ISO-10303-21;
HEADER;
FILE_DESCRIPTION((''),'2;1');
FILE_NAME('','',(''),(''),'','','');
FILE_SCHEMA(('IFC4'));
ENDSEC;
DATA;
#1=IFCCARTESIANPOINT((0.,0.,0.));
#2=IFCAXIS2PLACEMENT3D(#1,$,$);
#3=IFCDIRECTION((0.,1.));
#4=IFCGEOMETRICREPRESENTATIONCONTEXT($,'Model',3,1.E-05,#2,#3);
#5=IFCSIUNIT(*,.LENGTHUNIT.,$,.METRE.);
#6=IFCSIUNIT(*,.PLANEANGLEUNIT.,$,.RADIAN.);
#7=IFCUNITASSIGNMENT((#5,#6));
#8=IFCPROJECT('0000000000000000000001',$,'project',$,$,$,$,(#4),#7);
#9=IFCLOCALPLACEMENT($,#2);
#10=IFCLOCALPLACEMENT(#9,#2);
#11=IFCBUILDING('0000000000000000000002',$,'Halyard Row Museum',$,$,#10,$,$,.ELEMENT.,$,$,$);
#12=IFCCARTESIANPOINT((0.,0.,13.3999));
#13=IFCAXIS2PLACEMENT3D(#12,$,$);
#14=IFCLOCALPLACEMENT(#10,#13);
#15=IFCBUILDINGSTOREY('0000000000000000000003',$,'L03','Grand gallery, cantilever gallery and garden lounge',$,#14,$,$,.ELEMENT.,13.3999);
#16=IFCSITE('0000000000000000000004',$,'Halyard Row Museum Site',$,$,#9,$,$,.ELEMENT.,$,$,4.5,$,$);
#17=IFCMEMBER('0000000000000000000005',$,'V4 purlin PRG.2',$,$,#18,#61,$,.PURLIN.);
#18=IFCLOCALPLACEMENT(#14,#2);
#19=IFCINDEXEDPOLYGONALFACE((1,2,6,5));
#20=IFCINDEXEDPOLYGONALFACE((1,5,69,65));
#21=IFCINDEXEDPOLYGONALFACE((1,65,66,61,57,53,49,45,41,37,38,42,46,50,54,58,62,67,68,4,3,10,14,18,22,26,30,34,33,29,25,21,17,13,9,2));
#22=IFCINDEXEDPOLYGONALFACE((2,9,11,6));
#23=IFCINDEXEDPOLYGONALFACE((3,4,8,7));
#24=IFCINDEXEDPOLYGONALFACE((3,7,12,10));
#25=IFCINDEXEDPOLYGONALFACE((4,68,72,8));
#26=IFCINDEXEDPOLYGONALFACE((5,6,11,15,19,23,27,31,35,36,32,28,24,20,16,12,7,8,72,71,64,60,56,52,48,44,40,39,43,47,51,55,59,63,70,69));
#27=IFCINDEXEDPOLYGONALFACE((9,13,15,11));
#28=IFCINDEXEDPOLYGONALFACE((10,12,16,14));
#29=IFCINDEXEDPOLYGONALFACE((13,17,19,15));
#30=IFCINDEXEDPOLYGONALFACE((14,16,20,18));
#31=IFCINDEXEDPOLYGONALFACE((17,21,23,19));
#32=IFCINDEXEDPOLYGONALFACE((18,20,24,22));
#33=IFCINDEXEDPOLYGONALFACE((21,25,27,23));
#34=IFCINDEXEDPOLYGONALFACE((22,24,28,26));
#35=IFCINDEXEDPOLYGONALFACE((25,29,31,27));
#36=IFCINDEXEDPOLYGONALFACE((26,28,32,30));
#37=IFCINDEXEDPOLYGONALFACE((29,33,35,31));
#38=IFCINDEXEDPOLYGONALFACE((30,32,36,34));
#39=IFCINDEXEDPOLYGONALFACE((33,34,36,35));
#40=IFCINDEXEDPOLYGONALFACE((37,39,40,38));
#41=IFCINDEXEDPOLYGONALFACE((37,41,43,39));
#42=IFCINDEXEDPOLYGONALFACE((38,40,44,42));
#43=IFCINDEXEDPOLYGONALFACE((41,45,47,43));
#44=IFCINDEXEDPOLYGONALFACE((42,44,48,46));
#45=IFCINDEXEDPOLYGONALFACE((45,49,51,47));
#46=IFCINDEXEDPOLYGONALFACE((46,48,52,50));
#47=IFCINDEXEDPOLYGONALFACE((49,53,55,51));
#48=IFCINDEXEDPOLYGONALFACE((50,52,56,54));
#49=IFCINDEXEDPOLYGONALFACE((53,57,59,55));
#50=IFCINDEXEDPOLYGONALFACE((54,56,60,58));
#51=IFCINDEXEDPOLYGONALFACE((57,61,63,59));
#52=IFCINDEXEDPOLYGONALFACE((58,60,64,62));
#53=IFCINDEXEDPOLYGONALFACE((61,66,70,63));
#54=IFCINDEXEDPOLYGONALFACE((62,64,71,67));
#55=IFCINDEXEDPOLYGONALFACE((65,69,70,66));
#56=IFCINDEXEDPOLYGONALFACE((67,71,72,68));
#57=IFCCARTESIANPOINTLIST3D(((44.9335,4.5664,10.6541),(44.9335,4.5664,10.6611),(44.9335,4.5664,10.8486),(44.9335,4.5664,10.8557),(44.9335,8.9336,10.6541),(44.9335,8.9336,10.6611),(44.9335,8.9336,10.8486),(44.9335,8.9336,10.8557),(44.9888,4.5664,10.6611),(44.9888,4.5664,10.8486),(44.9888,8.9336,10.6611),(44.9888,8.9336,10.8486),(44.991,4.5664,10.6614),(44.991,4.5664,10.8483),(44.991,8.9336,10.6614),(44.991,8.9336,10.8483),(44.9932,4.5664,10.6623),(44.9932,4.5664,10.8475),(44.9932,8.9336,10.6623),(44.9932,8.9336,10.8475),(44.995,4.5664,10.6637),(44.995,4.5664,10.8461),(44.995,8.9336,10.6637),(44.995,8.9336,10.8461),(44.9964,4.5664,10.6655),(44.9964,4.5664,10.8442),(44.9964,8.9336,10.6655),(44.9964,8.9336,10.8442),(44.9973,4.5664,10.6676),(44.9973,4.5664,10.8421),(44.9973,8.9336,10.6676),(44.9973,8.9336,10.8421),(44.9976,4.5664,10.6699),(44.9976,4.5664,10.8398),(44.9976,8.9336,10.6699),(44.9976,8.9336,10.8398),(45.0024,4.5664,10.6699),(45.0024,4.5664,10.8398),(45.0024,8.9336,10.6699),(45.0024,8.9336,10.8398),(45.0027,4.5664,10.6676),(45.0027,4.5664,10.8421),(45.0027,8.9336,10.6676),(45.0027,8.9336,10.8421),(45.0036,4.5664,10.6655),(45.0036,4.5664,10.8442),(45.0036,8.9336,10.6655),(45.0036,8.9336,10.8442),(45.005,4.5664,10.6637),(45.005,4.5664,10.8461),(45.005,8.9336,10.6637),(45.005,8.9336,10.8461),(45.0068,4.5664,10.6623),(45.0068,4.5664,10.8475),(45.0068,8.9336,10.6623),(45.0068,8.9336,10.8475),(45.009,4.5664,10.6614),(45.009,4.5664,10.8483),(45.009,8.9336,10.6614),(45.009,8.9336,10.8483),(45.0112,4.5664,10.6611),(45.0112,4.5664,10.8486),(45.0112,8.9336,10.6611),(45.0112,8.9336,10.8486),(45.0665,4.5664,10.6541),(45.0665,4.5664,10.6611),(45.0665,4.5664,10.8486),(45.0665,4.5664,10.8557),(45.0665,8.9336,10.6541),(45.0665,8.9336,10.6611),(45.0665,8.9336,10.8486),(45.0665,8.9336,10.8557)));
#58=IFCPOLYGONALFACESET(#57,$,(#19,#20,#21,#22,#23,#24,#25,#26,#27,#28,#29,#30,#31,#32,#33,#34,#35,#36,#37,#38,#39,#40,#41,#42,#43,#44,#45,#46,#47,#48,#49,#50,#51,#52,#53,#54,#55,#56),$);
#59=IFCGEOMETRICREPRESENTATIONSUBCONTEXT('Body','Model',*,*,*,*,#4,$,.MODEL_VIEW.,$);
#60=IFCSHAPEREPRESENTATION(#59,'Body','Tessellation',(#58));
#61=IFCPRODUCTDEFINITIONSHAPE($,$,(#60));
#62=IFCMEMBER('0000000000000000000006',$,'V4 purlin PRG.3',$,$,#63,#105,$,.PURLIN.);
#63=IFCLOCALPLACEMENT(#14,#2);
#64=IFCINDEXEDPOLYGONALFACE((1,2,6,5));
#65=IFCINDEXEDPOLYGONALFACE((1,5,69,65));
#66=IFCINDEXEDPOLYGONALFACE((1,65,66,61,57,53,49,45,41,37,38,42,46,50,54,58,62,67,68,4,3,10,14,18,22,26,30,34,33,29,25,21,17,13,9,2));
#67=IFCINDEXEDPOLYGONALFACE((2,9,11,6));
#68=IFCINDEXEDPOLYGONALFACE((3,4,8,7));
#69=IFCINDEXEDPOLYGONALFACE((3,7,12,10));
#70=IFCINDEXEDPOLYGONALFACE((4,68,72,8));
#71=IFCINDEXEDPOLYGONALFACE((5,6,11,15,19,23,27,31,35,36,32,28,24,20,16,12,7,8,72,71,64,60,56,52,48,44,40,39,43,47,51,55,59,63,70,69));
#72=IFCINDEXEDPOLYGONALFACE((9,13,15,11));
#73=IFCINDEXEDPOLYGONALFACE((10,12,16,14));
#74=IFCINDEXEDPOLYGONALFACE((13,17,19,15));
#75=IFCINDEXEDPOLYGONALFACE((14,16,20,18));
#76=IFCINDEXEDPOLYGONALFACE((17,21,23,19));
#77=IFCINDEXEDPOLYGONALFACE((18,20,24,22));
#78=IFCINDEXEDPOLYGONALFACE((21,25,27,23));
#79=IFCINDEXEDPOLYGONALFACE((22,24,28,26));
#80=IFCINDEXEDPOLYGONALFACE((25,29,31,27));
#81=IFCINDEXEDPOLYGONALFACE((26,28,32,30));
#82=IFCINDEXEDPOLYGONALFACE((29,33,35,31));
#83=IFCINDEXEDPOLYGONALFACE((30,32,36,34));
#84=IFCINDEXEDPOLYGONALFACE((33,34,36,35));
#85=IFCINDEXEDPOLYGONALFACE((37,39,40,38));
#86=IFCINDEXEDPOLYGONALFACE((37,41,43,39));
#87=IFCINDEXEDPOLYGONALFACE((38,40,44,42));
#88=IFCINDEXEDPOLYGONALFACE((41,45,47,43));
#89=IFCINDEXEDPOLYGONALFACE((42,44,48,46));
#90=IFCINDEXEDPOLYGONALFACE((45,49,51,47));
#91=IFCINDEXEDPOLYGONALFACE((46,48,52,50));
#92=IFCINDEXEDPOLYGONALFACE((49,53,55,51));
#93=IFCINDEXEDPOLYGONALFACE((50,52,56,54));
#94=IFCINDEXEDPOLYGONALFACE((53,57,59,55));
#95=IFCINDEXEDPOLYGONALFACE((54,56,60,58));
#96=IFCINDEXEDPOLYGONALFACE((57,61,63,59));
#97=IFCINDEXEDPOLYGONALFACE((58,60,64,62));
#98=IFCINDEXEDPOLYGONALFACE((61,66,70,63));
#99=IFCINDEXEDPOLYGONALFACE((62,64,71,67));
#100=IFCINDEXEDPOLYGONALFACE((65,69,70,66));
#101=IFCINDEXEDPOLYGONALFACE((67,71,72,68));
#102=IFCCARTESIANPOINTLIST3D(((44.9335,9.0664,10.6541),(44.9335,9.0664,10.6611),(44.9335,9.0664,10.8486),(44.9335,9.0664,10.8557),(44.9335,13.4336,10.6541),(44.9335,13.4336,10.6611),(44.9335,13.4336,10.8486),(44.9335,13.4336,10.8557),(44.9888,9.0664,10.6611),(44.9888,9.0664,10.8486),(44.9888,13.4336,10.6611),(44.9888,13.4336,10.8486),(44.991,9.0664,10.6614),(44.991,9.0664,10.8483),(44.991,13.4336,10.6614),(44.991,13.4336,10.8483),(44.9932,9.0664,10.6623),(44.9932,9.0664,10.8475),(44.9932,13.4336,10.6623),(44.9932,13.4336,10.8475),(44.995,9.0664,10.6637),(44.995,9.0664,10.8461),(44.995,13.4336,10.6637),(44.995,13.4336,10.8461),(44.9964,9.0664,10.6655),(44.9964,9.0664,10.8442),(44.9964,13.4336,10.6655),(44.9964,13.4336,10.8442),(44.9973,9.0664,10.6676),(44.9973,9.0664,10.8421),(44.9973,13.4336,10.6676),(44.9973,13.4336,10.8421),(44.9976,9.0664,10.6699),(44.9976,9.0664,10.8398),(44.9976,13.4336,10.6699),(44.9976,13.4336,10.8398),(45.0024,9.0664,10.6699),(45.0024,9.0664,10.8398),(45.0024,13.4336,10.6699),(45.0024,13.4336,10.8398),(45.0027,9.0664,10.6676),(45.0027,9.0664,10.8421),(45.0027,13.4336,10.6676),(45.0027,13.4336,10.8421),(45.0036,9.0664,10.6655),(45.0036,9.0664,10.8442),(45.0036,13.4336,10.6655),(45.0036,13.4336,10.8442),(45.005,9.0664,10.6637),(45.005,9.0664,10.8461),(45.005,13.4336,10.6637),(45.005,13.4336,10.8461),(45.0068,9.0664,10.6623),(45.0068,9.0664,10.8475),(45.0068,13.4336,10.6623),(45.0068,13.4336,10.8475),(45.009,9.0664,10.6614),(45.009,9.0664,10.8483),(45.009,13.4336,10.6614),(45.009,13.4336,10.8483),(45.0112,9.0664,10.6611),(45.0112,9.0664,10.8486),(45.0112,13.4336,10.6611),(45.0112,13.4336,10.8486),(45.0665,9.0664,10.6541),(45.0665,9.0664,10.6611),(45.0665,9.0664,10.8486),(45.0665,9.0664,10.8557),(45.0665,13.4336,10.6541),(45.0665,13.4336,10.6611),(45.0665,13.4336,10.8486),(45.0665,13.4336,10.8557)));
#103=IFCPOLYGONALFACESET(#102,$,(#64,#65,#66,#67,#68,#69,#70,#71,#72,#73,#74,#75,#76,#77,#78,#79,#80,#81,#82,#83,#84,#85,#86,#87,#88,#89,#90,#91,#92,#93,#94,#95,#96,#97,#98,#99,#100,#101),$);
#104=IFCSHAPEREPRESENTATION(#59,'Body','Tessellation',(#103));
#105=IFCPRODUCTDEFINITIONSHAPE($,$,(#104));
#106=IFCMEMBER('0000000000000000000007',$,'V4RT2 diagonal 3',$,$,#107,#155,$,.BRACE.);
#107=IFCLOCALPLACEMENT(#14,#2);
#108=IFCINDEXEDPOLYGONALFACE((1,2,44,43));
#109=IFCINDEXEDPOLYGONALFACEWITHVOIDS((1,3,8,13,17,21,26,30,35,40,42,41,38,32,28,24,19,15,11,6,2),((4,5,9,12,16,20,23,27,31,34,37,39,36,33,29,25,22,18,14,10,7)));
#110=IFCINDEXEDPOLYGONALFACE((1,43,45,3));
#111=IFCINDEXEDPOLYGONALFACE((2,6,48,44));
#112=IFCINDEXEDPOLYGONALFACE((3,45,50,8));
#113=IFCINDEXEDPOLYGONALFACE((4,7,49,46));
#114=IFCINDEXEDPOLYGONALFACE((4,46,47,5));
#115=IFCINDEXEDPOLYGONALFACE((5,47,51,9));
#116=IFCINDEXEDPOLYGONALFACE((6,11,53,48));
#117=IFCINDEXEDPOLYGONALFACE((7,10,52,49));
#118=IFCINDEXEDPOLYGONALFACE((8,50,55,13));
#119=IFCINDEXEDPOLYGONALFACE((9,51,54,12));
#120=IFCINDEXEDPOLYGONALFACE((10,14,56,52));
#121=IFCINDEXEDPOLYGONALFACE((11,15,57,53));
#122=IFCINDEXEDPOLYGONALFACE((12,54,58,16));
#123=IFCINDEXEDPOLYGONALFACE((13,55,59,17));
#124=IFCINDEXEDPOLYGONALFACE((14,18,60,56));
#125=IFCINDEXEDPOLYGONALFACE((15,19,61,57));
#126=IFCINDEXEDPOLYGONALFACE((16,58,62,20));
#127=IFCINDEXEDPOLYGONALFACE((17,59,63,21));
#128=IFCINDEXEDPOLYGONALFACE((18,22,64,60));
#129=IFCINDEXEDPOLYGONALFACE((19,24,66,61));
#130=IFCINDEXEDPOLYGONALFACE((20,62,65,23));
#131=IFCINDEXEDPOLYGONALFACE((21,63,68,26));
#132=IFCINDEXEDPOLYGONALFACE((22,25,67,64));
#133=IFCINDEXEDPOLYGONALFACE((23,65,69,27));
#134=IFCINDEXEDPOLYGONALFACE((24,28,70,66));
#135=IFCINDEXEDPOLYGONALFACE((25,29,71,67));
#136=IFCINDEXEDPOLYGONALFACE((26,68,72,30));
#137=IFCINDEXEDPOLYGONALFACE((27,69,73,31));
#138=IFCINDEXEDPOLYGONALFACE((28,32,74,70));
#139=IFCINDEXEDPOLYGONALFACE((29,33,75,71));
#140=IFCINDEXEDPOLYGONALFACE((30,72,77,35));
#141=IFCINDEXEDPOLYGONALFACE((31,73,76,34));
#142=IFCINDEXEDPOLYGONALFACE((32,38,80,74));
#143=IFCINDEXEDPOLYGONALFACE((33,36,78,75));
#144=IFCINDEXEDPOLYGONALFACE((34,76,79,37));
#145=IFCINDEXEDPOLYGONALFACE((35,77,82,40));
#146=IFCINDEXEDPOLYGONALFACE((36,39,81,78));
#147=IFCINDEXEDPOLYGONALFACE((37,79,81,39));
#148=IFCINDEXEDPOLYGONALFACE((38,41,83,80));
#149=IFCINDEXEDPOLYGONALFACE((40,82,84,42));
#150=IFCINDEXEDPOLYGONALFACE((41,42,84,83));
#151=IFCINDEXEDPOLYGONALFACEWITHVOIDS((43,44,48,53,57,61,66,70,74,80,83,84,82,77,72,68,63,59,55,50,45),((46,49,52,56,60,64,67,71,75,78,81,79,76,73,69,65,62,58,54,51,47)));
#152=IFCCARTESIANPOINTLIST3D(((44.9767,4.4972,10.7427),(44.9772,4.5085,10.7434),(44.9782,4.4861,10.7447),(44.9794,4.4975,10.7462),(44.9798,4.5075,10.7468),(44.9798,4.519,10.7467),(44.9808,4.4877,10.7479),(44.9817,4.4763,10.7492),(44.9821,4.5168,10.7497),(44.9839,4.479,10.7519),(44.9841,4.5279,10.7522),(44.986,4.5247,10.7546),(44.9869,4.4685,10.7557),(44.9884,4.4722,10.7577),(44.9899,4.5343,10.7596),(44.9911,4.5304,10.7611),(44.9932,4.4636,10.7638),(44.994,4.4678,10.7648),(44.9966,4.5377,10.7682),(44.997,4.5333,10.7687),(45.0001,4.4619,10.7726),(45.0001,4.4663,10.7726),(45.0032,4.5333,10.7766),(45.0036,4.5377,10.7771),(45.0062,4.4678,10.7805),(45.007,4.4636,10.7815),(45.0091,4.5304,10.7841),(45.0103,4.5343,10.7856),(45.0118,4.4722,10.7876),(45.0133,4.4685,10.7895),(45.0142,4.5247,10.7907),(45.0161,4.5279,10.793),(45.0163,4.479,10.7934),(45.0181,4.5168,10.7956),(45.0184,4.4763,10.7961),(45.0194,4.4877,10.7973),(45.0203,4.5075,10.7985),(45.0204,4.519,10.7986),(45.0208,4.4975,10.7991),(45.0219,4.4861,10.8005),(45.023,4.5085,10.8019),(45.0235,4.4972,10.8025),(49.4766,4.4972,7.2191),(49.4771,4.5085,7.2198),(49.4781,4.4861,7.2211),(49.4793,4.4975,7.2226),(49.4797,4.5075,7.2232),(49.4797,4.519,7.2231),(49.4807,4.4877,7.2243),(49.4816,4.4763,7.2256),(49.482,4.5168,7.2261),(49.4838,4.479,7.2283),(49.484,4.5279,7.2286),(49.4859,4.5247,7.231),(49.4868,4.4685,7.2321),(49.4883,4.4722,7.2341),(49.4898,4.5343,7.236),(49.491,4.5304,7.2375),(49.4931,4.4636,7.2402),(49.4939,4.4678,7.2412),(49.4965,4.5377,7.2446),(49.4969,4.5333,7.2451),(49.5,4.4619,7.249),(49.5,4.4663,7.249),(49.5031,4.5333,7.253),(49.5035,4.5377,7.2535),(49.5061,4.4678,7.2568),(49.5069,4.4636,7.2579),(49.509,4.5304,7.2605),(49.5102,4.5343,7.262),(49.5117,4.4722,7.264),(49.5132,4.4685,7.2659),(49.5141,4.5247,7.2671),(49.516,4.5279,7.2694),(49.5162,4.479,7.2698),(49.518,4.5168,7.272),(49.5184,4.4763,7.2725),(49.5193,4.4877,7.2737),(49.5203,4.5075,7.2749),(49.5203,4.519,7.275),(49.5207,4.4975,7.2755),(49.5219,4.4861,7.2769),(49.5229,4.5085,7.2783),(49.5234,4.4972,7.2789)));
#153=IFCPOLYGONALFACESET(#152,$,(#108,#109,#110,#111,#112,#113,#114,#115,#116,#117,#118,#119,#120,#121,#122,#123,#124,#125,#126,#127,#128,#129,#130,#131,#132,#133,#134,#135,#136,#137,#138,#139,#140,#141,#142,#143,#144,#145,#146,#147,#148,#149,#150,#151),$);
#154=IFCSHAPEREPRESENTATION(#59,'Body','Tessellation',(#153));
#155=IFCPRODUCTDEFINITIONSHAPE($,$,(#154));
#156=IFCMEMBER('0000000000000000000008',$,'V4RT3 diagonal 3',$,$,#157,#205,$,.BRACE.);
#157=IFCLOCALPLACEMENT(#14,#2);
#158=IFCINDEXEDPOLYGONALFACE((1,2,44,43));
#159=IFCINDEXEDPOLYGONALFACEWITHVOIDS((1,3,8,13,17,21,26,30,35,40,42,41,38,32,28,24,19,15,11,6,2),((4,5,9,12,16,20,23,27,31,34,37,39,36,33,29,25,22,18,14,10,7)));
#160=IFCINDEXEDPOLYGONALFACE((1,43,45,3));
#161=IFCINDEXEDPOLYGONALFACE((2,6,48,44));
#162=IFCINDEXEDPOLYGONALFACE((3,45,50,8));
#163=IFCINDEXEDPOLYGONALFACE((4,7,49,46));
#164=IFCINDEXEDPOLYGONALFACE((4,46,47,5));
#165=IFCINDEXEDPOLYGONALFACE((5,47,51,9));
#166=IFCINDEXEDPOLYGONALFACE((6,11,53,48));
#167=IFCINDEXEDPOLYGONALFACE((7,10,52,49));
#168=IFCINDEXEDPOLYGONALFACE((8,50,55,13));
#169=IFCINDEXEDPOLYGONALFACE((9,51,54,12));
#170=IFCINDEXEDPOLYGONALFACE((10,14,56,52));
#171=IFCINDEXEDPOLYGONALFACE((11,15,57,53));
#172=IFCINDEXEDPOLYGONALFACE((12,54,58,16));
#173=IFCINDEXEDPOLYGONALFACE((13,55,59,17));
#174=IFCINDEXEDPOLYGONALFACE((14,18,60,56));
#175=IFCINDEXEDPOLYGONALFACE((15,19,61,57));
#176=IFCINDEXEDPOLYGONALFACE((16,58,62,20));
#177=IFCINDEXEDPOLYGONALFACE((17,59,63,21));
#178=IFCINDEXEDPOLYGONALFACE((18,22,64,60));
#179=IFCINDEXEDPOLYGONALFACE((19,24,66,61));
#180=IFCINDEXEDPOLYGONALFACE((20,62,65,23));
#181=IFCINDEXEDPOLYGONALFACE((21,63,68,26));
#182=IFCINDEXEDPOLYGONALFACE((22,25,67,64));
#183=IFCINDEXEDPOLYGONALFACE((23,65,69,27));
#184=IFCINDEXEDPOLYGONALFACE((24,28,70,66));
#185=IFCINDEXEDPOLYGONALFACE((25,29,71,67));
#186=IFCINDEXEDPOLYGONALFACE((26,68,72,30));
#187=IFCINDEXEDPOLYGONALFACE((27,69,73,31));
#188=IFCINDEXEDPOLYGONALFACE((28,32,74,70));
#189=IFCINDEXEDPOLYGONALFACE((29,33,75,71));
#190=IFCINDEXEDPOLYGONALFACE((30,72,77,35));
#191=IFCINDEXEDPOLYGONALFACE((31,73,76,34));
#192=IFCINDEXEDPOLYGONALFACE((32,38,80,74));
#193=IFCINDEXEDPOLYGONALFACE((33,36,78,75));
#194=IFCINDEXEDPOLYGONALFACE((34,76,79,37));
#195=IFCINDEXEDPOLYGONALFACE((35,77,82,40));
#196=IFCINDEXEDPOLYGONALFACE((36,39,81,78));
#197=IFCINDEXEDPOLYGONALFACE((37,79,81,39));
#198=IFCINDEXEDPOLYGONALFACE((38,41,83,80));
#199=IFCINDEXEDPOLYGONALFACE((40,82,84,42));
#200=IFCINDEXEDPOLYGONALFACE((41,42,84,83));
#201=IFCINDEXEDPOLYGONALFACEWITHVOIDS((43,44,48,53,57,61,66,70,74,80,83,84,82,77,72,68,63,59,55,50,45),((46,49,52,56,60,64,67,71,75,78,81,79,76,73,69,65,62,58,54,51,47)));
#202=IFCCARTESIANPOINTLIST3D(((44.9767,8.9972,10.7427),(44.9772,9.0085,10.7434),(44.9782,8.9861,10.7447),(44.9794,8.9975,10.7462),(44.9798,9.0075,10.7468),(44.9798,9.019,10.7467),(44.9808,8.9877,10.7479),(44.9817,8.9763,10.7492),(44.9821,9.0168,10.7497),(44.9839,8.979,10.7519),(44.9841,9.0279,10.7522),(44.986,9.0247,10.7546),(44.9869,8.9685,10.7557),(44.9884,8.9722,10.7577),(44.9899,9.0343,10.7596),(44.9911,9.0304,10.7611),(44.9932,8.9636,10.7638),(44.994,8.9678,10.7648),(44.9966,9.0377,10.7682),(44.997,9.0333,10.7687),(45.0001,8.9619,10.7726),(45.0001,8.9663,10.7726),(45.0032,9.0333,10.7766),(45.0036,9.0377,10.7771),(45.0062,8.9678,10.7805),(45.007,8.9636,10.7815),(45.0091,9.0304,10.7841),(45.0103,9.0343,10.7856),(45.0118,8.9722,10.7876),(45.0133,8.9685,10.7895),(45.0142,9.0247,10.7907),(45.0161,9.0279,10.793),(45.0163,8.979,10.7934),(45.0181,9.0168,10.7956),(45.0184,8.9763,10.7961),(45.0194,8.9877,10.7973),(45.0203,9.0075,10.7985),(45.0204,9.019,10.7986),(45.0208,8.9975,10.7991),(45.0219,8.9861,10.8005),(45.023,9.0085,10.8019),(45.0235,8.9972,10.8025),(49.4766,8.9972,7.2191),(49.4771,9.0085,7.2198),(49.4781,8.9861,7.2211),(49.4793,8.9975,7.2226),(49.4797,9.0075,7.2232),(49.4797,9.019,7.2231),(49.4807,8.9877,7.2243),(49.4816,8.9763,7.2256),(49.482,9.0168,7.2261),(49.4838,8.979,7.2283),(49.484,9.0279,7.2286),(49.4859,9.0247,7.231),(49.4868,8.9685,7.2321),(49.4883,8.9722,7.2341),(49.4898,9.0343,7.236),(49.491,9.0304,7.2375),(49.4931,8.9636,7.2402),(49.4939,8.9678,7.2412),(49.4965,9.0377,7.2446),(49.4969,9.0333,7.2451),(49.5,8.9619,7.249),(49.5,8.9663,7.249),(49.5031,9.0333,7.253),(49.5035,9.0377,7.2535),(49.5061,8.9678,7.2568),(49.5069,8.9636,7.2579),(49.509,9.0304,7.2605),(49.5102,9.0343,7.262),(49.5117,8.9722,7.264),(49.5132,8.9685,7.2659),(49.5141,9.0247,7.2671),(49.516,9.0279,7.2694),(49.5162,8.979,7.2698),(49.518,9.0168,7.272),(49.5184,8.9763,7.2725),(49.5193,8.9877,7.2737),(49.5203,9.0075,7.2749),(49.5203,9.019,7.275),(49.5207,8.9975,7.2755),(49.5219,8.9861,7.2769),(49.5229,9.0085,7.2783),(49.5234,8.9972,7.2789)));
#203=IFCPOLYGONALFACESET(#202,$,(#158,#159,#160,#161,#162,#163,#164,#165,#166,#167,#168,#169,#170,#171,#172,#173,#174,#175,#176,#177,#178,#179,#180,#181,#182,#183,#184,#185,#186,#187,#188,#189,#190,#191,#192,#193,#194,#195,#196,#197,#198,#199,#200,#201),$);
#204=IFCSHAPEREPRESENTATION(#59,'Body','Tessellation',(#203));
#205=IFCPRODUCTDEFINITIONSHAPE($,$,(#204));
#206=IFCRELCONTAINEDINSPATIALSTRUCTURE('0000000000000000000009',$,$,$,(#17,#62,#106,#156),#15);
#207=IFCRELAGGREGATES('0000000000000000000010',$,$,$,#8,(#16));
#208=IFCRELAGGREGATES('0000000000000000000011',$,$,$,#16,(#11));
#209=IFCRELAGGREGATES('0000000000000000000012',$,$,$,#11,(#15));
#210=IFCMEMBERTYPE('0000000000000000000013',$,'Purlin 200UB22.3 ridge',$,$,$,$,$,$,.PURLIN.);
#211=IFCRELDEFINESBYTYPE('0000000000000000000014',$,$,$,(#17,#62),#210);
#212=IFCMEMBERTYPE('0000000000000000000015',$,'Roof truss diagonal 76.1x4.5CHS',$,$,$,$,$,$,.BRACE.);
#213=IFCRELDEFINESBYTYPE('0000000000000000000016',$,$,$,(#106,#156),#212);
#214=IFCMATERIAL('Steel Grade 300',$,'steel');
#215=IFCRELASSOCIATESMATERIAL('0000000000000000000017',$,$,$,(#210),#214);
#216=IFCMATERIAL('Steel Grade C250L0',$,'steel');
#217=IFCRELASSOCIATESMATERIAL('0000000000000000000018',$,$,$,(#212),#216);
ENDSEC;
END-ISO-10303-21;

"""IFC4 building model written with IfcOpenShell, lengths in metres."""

from ifc_helpers import new_model, si_unit, direction, frame, origin, origin_2d, place, context, subcontext, project, spatial, hollow_circle, i_section, extrude, material, material_profile, profile_set, type_object, element, save


model = new_model("IFC4")

# Units and contexts
model_context = context("Model", 3, precision=1e-05, world=origin(), true_north=direction((0.0, 1.0)))
body_context = subcontext(model_context, "Body", "Model", "MODEL_VIEW")
ifc_project = project(units=[si_unit("LENGTHUNIT", "METRE"), si_unit("PLANEANGLEUNIT", "RADIAN")], contexts=[model_context])

# Site, building, storey
site_placement = place(None, origin())
site = spatial("IfcSite", under=ifc_project, at=site_placement, Name="Halyard Row Museum Site", CompositionType="ELEMENT", RefElevation=4.5)
building_placement = place(site_placement, origin())
building = spatial("IfcBuilding", under=site, at=building_placement, Name="Halyard Row Museum", CompositionType="ELEMENT")
storey_placement = place(building_placement, frame((0.0, 0.0, 13.3999)))
storey = spatial("IfcBuildingStorey", under=building, at=storey_placement, Name="L03", Description="Grand gallery, cantilever gallery and garden lounge", CompositionType="ELEMENT", Elevation=13.3999)

# Members
ifc_material_1 = material(Name="Steel Grade 300", Category="steel")
ifc_material_profile_1 = material_profile(ifc_material_1, i_section(OverallWidth=0.1331, OverallDepth=0.2017, WebThickness=0.0049, FlangeThickness=0.0071, FilletRadius=0.0088, at=origin_2d()), Name="200UB22.3")
ifc_profile_set_1 = profile_set([ifc_material_profile_1], Name="Steel Grade 300")
member_type_1 = type_object("IfcMemberType", Name="Purlin 200UB22.3 ridge", PredefinedType="PURLIN", material=ifc_profile_set_1)
for number, where, z_axis, x_axis, name in (
    (1, (45.0, 4.5664, 10.7549), (0.0, 1.0, 0.0), (-1.0, 0.0, 0.0), "V4 purlin PRG.2"),
    (2, (45.0, 9.0664, 10.7549), (0.0, 1.0, 0.0), (-1.0, 0.0, 0.0), "V4 purlin PRG.3"),
):
    element("IfcMember", number, at=place(storey_placement, frame(where, z_axis=z_axis, x_axis=x_axis)), inside=storey, type_object=member_type_1, Name=name, PredefinedType="PURLIN", context=body_context, shape_type="SweptSolid", body=[
        extrude(i_section(OverallWidth=0.1331, OverallDepth=0.2017, WebThickness=0.0049, FlangeThickness=0.0071, FilletRadius=0.0088, at=origin_2d()), origin(), (0.0, 0.0, 1.0), 4.3672),
    ])
ifc_material_2 = material(Name="Steel Grade C250L0", Category="steel")
ifc_material_profile_2 = material_profile(ifc_material_2, hollow_circle(Radius=0.0381, WallThickness=0.0044, at=origin_2d()), Name="76.1x4.5CHS")
ifc_profile_set_2 = profile_set([ifc_material_profile_2], Name="Steel Grade C250L0")
member_type_2 = type_object("IfcMemberType", Name="Roof truss diagonal 76.1x4.5CHS", PredefinedType="BRACE", material=ifc_profile_set_2)
for number, where, z_axis, x_axis, name in (
    (3, (49.5, 4.5, 7.249), (-0.78734, 0.0, 0.616519), (0.0, -1.0, 0.0), "V4RT2 diagonal 3"),
    (4, (49.5, 9.0, 7.249), (-0.78734, 0.0, 0.616519), (0.0, -1.0, 0.0), "V4RT3 diagonal 3"),
):
    element("IfcMember", number, at=place(storey_placement, frame(where, z_axis=z_axis, x_axis=x_axis)), inside=storey, type_object=member_type_2, Name=name, PredefinedType="BRACE", context=body_context, shape_type="SweptSolid", body=[
        extrude(hollow_circle(Radius=0.0381, WallThickness=0.0044, at=origin_2d()), origin(), (0.0, 0.0, 1.0), 5.7153),
    ])

save(model, "model.ifc")
